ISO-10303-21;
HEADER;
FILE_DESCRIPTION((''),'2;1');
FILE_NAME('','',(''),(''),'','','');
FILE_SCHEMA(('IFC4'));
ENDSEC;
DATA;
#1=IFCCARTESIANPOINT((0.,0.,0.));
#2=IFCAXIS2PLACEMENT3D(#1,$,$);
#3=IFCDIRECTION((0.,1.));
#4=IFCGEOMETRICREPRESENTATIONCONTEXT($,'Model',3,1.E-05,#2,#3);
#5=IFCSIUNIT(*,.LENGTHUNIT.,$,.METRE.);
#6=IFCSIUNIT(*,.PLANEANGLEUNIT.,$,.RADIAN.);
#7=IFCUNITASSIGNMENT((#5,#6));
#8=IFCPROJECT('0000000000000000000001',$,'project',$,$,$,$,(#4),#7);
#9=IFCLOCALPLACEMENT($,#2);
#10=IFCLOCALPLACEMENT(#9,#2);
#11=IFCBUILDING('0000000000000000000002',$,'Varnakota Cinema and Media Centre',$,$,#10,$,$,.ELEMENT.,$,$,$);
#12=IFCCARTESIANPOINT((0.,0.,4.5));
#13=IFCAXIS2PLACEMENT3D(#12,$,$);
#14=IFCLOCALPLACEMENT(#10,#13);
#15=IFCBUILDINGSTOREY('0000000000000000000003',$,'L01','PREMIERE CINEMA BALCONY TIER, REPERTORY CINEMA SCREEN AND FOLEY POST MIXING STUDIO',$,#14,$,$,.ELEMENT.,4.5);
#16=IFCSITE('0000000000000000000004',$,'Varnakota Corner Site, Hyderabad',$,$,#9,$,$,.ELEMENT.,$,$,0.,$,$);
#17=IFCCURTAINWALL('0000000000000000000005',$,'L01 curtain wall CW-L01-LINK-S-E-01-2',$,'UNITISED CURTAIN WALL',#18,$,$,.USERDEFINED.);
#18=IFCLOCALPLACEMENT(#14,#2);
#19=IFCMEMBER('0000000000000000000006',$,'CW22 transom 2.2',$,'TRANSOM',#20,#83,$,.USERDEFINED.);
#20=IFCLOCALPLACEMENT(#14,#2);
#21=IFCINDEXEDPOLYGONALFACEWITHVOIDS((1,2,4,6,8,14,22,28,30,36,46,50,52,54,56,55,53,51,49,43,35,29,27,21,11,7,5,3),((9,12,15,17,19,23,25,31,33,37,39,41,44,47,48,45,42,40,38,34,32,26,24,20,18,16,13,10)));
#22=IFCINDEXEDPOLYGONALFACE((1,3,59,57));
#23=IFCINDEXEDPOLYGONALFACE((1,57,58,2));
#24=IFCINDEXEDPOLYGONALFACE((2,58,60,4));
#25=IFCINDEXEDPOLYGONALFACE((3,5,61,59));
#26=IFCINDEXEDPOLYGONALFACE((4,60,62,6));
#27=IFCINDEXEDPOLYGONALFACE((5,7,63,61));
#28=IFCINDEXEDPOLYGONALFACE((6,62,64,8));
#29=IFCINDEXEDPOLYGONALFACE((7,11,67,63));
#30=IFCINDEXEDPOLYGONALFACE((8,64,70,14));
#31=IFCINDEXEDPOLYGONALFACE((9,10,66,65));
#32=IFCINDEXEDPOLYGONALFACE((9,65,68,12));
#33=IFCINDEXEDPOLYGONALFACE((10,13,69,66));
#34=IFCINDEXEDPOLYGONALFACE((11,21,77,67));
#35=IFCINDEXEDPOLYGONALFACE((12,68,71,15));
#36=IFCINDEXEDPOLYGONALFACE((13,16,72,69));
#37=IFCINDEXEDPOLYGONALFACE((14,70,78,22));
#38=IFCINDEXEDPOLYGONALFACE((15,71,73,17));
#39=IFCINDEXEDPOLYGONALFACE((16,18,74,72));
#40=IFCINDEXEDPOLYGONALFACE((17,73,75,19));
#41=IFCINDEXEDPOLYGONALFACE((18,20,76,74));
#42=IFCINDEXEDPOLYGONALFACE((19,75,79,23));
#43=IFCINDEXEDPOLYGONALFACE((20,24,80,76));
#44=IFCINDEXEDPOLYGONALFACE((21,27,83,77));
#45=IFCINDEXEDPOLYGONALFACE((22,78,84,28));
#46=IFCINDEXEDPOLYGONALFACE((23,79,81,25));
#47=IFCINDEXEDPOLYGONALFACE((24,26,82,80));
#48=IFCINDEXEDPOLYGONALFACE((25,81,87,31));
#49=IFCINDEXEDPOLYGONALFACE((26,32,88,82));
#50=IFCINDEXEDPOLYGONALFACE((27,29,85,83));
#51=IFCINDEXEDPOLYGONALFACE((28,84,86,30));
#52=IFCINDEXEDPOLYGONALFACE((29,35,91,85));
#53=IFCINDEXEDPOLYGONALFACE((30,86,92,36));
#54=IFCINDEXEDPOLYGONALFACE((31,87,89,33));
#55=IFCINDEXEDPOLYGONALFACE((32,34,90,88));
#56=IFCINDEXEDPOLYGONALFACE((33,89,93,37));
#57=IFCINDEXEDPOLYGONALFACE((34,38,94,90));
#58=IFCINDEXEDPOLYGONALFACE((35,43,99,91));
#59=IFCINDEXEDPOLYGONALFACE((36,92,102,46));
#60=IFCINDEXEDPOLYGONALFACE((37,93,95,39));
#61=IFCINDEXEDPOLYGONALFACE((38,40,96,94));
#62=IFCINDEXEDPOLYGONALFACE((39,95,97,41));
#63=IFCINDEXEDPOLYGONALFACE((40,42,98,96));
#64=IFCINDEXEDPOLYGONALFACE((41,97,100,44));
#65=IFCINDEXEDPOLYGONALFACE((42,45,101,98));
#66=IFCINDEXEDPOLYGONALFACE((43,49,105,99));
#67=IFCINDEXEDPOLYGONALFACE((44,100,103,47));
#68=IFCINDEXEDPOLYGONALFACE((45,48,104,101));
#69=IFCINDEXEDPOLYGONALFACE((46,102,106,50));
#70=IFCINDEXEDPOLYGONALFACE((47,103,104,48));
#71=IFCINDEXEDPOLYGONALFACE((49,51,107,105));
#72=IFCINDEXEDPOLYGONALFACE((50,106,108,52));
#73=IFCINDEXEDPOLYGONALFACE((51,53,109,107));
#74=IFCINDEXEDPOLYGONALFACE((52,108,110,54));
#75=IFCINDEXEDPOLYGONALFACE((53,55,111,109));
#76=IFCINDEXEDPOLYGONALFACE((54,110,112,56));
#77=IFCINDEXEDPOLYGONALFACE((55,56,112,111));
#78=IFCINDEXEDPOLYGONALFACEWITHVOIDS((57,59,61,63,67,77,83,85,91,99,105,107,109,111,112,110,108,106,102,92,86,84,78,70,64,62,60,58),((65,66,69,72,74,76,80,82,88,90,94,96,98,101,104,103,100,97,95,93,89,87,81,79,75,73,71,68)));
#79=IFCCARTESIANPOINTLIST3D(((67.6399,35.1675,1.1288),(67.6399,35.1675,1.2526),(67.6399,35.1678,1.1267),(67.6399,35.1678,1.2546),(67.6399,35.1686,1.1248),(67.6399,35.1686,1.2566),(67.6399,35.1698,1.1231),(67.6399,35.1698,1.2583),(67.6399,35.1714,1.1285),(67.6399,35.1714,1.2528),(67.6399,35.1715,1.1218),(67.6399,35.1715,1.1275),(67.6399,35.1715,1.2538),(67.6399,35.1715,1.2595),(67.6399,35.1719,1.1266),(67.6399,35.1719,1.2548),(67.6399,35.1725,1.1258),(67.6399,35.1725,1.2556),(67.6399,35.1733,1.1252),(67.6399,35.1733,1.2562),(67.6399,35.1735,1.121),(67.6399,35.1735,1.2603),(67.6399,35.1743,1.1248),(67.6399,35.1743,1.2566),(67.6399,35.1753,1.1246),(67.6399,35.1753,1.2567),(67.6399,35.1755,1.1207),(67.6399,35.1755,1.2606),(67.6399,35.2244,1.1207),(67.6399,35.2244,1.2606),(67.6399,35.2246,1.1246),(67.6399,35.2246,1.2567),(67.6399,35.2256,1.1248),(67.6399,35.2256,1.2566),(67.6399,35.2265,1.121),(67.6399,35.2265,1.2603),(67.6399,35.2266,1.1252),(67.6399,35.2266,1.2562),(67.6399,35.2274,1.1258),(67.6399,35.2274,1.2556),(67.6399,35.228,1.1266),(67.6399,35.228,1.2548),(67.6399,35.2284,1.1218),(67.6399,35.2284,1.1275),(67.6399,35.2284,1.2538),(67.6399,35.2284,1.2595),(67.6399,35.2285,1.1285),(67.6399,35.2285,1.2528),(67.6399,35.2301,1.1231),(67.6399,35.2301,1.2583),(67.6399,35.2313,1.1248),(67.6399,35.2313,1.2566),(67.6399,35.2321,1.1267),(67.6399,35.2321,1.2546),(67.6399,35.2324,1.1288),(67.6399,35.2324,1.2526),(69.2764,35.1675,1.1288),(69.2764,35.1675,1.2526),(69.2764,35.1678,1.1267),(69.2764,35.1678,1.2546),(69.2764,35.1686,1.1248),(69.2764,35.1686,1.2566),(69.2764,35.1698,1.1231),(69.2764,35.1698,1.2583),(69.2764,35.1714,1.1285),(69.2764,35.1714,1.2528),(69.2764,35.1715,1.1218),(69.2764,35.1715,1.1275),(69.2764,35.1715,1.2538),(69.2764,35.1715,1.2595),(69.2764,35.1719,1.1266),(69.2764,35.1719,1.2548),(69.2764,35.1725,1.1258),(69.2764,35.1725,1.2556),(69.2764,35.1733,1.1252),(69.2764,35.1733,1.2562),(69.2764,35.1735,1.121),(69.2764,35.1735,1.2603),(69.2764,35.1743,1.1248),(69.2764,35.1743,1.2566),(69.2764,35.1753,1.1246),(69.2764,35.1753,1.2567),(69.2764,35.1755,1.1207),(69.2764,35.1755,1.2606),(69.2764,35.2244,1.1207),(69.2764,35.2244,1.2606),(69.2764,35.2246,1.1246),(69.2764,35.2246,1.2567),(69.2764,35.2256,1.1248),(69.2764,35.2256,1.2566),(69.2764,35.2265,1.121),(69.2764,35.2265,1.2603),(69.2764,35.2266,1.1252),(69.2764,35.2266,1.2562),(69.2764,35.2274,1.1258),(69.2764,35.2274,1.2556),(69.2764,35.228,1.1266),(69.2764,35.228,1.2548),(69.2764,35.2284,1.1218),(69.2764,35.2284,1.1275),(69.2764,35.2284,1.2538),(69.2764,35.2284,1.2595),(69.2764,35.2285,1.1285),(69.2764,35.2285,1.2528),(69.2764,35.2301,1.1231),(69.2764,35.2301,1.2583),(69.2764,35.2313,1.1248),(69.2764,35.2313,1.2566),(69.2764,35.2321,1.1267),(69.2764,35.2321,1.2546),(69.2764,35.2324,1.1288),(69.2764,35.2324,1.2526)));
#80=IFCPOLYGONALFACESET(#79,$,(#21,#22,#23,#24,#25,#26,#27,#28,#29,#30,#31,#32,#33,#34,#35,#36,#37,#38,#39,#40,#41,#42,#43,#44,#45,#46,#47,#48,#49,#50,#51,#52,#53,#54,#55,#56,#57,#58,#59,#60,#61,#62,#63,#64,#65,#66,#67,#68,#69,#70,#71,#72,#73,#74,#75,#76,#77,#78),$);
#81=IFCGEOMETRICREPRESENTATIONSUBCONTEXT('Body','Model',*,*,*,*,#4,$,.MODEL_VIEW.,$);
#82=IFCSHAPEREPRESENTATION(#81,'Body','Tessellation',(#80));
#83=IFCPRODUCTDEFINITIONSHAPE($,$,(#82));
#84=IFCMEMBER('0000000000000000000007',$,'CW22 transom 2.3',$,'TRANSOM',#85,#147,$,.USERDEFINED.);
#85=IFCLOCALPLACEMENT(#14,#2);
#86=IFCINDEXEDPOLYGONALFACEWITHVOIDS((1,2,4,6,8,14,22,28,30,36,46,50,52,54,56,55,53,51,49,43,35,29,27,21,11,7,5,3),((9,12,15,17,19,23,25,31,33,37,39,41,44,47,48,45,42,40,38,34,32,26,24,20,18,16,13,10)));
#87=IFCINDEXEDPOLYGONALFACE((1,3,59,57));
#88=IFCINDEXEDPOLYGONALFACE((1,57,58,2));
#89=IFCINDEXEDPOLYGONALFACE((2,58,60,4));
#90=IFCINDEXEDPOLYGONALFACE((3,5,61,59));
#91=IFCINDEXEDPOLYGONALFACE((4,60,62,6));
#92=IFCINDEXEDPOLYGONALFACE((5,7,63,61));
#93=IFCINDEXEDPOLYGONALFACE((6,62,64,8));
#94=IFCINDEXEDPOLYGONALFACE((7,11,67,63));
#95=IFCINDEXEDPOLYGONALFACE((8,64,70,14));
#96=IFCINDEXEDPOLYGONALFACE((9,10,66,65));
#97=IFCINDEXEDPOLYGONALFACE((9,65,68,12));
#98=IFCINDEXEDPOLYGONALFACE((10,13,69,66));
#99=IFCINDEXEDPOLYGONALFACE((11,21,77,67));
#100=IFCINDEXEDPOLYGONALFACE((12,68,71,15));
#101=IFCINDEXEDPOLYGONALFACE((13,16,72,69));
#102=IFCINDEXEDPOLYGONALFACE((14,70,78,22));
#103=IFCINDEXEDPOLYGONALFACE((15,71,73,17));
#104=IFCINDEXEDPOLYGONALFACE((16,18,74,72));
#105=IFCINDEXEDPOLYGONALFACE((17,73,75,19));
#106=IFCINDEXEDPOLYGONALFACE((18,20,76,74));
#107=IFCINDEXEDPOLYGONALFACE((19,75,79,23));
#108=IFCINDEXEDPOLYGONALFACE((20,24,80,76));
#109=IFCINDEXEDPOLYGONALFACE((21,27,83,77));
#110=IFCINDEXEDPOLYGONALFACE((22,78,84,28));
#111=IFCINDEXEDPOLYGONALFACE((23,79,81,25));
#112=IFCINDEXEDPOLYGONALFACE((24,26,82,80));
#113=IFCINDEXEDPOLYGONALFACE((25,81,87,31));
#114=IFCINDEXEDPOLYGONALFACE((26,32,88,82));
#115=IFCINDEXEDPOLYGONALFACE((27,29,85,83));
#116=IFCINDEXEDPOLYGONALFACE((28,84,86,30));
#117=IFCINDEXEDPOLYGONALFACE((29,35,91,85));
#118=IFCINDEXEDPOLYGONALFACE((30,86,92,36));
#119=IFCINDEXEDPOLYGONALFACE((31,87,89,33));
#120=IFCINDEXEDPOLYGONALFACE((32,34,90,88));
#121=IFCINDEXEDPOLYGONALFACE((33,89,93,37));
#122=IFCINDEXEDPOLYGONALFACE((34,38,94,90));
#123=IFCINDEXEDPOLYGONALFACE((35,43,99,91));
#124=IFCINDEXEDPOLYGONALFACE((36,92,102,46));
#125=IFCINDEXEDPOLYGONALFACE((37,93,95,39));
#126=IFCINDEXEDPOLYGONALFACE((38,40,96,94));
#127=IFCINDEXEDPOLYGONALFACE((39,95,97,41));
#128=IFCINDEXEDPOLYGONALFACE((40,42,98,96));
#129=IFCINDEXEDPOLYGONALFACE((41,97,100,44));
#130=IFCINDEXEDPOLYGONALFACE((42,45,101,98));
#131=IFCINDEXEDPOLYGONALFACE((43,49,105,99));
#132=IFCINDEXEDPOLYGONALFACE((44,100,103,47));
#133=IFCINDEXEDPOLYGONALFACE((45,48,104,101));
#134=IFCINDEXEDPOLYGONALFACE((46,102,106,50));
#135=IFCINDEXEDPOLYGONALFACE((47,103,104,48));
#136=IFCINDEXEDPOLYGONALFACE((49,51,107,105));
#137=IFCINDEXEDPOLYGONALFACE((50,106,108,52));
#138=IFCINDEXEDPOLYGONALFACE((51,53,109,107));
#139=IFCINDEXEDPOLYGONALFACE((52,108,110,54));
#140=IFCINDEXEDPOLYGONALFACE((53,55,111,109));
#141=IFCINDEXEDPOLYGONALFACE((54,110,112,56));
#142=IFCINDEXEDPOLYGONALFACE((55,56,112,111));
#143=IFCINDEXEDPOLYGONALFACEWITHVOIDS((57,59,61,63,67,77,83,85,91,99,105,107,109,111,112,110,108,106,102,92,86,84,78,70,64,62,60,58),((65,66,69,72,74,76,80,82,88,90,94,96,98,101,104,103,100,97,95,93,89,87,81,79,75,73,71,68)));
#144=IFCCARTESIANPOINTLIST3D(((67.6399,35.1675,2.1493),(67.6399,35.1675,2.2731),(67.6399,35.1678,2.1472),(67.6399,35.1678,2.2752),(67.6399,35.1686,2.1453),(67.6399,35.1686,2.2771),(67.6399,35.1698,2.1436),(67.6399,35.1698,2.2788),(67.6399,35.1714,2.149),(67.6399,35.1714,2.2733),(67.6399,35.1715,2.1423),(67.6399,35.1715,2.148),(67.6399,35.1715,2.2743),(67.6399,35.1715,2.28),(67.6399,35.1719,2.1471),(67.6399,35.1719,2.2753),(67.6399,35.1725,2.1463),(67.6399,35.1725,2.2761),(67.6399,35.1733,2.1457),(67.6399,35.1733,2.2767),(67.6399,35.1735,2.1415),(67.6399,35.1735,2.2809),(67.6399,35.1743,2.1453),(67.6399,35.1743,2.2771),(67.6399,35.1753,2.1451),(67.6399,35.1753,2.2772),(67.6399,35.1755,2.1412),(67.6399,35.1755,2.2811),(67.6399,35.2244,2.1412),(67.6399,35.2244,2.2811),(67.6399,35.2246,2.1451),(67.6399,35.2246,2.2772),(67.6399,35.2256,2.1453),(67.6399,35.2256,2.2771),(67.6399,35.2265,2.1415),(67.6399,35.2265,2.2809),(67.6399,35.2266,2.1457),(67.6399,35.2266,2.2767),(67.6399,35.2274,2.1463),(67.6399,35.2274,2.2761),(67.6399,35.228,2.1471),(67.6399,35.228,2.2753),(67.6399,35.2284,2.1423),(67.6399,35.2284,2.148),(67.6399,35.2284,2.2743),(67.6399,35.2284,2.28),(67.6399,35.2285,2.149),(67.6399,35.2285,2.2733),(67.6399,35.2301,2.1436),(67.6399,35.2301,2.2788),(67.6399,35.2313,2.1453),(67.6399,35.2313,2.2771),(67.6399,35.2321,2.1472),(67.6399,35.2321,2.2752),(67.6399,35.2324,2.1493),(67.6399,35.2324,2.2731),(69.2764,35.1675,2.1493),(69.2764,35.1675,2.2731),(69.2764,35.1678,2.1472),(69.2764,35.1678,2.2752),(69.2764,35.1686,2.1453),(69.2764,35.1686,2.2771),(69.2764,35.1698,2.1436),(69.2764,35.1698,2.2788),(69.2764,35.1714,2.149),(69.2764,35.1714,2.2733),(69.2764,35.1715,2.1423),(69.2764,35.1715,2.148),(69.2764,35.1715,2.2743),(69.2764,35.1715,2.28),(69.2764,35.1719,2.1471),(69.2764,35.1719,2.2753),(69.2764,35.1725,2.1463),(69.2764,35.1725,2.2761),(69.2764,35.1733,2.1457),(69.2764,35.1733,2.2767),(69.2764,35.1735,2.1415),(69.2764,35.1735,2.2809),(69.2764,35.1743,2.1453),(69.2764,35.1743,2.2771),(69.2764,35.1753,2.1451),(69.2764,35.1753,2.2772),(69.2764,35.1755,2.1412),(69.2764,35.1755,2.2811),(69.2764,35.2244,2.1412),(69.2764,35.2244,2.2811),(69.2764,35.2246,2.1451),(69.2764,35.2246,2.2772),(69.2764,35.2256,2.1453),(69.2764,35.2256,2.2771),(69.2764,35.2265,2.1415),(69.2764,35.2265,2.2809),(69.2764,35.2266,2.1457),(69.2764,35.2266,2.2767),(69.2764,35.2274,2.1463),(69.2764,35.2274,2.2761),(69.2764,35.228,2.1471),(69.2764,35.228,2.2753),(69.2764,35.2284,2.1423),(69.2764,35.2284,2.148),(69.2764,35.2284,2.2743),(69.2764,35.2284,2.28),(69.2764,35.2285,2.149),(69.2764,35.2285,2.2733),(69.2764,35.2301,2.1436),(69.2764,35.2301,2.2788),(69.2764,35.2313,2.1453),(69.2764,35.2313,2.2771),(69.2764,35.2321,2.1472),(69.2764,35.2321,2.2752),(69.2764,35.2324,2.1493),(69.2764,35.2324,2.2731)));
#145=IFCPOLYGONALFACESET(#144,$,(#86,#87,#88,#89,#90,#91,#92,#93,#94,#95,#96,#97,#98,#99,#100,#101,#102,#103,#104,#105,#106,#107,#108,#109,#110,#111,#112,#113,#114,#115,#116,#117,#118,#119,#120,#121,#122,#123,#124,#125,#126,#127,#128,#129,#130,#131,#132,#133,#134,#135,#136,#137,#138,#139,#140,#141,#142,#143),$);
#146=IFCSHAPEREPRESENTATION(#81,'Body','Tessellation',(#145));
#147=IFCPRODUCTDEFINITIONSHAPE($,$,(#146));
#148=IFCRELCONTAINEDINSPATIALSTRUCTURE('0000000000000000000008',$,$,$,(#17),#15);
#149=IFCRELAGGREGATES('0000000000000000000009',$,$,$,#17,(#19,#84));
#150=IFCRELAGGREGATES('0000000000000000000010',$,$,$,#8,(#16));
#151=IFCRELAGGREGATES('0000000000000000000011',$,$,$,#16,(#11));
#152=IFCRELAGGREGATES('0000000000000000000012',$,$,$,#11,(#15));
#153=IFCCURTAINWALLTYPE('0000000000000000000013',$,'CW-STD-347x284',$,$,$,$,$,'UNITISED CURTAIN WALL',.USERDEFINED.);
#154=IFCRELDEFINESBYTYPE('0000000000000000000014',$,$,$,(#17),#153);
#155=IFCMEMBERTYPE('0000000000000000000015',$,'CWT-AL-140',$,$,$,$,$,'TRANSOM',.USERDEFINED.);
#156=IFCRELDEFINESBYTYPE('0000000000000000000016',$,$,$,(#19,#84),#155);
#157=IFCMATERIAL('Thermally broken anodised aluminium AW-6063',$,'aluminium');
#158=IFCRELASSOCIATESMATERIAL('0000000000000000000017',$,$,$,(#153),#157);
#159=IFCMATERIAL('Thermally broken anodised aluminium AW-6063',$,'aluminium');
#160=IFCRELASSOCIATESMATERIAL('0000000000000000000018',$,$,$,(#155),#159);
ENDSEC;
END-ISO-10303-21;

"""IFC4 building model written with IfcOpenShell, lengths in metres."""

from ifc_helpers import new_model, si_unit, direction, frame, origin, origin_2d, place, context, subcontext, project, spatial, hollow_rectangle, extrude, material, material_profile, profile_set, type_object, element, aggregate, save


model = new_model("IFC4")

# Units and contexts
model_context = context("Model", 3, precision=1e-05, world=origin(), true_north=direction((0.0, 1.0)))
body_context = subcontext(model_context, "Body", "Model", "MODEL_VIEW")
ifc_project = project(units=[si_unit("LENGTHUNIT", "METRE"), si_unit("PLANEANGLEUNIT", "RADIAN")], contexts=[model_context])

# Site, building, storey
site_placement = place(None, origin())
site = spatial("IfcSite", under=ifc_project, at=site_placement, Name="Varnakota Corner Site, Hyderabad", CompositionType="ELEMENT", RefElevation=0.0)
building_placement = place(site_placement, origin())
building = spatial("IfcBuilding", under=site, at=building_placement, Name="Varnakota Cinema and Media Centre", CompositionType="ELEMENT")
storey_placement = place(building_placement, frame((0.0, 0.0, 4.5)))
storey = spatial("IfcBuildingStorey", under=building, at=storey_placement, Name="L01", Description="PREMIERE CINEMA BALCONY TIER, REPERTORY CINEMA SCREEN AND FOLEY POST MIXING STUDIO", CompositionType="ELEMENT", Elevation=4.5)

# Curtain wall
ifc_material_1 = material(Name="Thermally broken anodised aluminium AW-6063", Category="aluminium")
curtain_wall_type_1 = type_object("IfcCurtainWallType", Name="CW-STD-347x284", ElementType="UNITISED CURTAIN WALL", PredefinedType="USERDEFINED", material=ifc_material_1)
curtain_wall_1_placement = place(storey_placement, origin())
curtain_wall_1 = element("IfcCurtainWall", 1, at=curtain_wall_1_placement, inside=storey, type_object=curtain_wall_type_1, Name="L01 curtain wall CW-L01-LINK-S-E-01-2", ObjectType="UNITISED CURTAIN WALL", PredefinedType="USERDEFINED")

# Members
ifc_material_2 = material(Name="Thermally broken anodised aluminium AW-6063", Category="aluminium")
ifc_material_profile_1 = material_profile(ifc_material_2, hollow_rectangle(XDim=0.0649, YDim=0.1399, WallThickness=0.0039, InnerFilletRadius=0.0039, OuterFilletRadius=0.0081, at=origin_2d()), Name="AL-TRANSOM 140x65x4")
ifc_profile_set_1 = profile_set([ifc_material_profile_1], Name="Thermally broken anodised aluminium AW-6063")
member_type_1 = type_object("IfcMemberType", Name="CWT-AL-140", ElementType="TRANSOM", PredefinedType="USERDEFINED", material=ifc_profile_set_1)
member_1_placement = place(storey_placement, frame((69.2764, 35.2, 1.1907), z_axis=(-1.0, 0.0, 0.0), x_axis=(0.0, -1.0, 0.0)))
member_1 = element("IfcMember", 2, at=member_1_placement, type_object=member_type_1, Name="CW22 transom 2.2", ObjectType="TRANSOM", PredefinedType="USERDEFINED", context=body_context, shape_type="SweptSolid", body=[
    extrude(hollow_rectangle(XDim=0.0649, YDim=0.1399, WallThickness=0.0039, InnerFilletRadius=0.0039, OuterFilletRadius=0.0081, at=origin_2d()), origin(), (0.0, 0.0, 1.0), 1.6365),
])
member_2_placement = place(storey_placement, frame((69.2764, 35.2, 2.2112), z_axis=(-1.0, 0.0, 0.0), x_axis=(0.0, -1.0, 0.0)))
member_2 = element("IfcMember", 3, at=member_2_placement, type_object=member_type_1, Name="CW22 transom 2.3", ObjectType="TRANSOM", PredefinedType="USERDEFINED", context=body_context, shape_type="SweptSolid", body=[
    extrude(hollow_rectangle(XDim=0.0649, YDim=0.1399, WallThickness=0.0039, InnerFilletRadius=0.0039, OuterFilletRadius=0.0081, at=origin_2d()), origin(), (0.0, 0.0, 1.0), 1.6365),
])

aggregate(curtain_wall_1, [member_1, member_2])

save(model, "model.ifc")
